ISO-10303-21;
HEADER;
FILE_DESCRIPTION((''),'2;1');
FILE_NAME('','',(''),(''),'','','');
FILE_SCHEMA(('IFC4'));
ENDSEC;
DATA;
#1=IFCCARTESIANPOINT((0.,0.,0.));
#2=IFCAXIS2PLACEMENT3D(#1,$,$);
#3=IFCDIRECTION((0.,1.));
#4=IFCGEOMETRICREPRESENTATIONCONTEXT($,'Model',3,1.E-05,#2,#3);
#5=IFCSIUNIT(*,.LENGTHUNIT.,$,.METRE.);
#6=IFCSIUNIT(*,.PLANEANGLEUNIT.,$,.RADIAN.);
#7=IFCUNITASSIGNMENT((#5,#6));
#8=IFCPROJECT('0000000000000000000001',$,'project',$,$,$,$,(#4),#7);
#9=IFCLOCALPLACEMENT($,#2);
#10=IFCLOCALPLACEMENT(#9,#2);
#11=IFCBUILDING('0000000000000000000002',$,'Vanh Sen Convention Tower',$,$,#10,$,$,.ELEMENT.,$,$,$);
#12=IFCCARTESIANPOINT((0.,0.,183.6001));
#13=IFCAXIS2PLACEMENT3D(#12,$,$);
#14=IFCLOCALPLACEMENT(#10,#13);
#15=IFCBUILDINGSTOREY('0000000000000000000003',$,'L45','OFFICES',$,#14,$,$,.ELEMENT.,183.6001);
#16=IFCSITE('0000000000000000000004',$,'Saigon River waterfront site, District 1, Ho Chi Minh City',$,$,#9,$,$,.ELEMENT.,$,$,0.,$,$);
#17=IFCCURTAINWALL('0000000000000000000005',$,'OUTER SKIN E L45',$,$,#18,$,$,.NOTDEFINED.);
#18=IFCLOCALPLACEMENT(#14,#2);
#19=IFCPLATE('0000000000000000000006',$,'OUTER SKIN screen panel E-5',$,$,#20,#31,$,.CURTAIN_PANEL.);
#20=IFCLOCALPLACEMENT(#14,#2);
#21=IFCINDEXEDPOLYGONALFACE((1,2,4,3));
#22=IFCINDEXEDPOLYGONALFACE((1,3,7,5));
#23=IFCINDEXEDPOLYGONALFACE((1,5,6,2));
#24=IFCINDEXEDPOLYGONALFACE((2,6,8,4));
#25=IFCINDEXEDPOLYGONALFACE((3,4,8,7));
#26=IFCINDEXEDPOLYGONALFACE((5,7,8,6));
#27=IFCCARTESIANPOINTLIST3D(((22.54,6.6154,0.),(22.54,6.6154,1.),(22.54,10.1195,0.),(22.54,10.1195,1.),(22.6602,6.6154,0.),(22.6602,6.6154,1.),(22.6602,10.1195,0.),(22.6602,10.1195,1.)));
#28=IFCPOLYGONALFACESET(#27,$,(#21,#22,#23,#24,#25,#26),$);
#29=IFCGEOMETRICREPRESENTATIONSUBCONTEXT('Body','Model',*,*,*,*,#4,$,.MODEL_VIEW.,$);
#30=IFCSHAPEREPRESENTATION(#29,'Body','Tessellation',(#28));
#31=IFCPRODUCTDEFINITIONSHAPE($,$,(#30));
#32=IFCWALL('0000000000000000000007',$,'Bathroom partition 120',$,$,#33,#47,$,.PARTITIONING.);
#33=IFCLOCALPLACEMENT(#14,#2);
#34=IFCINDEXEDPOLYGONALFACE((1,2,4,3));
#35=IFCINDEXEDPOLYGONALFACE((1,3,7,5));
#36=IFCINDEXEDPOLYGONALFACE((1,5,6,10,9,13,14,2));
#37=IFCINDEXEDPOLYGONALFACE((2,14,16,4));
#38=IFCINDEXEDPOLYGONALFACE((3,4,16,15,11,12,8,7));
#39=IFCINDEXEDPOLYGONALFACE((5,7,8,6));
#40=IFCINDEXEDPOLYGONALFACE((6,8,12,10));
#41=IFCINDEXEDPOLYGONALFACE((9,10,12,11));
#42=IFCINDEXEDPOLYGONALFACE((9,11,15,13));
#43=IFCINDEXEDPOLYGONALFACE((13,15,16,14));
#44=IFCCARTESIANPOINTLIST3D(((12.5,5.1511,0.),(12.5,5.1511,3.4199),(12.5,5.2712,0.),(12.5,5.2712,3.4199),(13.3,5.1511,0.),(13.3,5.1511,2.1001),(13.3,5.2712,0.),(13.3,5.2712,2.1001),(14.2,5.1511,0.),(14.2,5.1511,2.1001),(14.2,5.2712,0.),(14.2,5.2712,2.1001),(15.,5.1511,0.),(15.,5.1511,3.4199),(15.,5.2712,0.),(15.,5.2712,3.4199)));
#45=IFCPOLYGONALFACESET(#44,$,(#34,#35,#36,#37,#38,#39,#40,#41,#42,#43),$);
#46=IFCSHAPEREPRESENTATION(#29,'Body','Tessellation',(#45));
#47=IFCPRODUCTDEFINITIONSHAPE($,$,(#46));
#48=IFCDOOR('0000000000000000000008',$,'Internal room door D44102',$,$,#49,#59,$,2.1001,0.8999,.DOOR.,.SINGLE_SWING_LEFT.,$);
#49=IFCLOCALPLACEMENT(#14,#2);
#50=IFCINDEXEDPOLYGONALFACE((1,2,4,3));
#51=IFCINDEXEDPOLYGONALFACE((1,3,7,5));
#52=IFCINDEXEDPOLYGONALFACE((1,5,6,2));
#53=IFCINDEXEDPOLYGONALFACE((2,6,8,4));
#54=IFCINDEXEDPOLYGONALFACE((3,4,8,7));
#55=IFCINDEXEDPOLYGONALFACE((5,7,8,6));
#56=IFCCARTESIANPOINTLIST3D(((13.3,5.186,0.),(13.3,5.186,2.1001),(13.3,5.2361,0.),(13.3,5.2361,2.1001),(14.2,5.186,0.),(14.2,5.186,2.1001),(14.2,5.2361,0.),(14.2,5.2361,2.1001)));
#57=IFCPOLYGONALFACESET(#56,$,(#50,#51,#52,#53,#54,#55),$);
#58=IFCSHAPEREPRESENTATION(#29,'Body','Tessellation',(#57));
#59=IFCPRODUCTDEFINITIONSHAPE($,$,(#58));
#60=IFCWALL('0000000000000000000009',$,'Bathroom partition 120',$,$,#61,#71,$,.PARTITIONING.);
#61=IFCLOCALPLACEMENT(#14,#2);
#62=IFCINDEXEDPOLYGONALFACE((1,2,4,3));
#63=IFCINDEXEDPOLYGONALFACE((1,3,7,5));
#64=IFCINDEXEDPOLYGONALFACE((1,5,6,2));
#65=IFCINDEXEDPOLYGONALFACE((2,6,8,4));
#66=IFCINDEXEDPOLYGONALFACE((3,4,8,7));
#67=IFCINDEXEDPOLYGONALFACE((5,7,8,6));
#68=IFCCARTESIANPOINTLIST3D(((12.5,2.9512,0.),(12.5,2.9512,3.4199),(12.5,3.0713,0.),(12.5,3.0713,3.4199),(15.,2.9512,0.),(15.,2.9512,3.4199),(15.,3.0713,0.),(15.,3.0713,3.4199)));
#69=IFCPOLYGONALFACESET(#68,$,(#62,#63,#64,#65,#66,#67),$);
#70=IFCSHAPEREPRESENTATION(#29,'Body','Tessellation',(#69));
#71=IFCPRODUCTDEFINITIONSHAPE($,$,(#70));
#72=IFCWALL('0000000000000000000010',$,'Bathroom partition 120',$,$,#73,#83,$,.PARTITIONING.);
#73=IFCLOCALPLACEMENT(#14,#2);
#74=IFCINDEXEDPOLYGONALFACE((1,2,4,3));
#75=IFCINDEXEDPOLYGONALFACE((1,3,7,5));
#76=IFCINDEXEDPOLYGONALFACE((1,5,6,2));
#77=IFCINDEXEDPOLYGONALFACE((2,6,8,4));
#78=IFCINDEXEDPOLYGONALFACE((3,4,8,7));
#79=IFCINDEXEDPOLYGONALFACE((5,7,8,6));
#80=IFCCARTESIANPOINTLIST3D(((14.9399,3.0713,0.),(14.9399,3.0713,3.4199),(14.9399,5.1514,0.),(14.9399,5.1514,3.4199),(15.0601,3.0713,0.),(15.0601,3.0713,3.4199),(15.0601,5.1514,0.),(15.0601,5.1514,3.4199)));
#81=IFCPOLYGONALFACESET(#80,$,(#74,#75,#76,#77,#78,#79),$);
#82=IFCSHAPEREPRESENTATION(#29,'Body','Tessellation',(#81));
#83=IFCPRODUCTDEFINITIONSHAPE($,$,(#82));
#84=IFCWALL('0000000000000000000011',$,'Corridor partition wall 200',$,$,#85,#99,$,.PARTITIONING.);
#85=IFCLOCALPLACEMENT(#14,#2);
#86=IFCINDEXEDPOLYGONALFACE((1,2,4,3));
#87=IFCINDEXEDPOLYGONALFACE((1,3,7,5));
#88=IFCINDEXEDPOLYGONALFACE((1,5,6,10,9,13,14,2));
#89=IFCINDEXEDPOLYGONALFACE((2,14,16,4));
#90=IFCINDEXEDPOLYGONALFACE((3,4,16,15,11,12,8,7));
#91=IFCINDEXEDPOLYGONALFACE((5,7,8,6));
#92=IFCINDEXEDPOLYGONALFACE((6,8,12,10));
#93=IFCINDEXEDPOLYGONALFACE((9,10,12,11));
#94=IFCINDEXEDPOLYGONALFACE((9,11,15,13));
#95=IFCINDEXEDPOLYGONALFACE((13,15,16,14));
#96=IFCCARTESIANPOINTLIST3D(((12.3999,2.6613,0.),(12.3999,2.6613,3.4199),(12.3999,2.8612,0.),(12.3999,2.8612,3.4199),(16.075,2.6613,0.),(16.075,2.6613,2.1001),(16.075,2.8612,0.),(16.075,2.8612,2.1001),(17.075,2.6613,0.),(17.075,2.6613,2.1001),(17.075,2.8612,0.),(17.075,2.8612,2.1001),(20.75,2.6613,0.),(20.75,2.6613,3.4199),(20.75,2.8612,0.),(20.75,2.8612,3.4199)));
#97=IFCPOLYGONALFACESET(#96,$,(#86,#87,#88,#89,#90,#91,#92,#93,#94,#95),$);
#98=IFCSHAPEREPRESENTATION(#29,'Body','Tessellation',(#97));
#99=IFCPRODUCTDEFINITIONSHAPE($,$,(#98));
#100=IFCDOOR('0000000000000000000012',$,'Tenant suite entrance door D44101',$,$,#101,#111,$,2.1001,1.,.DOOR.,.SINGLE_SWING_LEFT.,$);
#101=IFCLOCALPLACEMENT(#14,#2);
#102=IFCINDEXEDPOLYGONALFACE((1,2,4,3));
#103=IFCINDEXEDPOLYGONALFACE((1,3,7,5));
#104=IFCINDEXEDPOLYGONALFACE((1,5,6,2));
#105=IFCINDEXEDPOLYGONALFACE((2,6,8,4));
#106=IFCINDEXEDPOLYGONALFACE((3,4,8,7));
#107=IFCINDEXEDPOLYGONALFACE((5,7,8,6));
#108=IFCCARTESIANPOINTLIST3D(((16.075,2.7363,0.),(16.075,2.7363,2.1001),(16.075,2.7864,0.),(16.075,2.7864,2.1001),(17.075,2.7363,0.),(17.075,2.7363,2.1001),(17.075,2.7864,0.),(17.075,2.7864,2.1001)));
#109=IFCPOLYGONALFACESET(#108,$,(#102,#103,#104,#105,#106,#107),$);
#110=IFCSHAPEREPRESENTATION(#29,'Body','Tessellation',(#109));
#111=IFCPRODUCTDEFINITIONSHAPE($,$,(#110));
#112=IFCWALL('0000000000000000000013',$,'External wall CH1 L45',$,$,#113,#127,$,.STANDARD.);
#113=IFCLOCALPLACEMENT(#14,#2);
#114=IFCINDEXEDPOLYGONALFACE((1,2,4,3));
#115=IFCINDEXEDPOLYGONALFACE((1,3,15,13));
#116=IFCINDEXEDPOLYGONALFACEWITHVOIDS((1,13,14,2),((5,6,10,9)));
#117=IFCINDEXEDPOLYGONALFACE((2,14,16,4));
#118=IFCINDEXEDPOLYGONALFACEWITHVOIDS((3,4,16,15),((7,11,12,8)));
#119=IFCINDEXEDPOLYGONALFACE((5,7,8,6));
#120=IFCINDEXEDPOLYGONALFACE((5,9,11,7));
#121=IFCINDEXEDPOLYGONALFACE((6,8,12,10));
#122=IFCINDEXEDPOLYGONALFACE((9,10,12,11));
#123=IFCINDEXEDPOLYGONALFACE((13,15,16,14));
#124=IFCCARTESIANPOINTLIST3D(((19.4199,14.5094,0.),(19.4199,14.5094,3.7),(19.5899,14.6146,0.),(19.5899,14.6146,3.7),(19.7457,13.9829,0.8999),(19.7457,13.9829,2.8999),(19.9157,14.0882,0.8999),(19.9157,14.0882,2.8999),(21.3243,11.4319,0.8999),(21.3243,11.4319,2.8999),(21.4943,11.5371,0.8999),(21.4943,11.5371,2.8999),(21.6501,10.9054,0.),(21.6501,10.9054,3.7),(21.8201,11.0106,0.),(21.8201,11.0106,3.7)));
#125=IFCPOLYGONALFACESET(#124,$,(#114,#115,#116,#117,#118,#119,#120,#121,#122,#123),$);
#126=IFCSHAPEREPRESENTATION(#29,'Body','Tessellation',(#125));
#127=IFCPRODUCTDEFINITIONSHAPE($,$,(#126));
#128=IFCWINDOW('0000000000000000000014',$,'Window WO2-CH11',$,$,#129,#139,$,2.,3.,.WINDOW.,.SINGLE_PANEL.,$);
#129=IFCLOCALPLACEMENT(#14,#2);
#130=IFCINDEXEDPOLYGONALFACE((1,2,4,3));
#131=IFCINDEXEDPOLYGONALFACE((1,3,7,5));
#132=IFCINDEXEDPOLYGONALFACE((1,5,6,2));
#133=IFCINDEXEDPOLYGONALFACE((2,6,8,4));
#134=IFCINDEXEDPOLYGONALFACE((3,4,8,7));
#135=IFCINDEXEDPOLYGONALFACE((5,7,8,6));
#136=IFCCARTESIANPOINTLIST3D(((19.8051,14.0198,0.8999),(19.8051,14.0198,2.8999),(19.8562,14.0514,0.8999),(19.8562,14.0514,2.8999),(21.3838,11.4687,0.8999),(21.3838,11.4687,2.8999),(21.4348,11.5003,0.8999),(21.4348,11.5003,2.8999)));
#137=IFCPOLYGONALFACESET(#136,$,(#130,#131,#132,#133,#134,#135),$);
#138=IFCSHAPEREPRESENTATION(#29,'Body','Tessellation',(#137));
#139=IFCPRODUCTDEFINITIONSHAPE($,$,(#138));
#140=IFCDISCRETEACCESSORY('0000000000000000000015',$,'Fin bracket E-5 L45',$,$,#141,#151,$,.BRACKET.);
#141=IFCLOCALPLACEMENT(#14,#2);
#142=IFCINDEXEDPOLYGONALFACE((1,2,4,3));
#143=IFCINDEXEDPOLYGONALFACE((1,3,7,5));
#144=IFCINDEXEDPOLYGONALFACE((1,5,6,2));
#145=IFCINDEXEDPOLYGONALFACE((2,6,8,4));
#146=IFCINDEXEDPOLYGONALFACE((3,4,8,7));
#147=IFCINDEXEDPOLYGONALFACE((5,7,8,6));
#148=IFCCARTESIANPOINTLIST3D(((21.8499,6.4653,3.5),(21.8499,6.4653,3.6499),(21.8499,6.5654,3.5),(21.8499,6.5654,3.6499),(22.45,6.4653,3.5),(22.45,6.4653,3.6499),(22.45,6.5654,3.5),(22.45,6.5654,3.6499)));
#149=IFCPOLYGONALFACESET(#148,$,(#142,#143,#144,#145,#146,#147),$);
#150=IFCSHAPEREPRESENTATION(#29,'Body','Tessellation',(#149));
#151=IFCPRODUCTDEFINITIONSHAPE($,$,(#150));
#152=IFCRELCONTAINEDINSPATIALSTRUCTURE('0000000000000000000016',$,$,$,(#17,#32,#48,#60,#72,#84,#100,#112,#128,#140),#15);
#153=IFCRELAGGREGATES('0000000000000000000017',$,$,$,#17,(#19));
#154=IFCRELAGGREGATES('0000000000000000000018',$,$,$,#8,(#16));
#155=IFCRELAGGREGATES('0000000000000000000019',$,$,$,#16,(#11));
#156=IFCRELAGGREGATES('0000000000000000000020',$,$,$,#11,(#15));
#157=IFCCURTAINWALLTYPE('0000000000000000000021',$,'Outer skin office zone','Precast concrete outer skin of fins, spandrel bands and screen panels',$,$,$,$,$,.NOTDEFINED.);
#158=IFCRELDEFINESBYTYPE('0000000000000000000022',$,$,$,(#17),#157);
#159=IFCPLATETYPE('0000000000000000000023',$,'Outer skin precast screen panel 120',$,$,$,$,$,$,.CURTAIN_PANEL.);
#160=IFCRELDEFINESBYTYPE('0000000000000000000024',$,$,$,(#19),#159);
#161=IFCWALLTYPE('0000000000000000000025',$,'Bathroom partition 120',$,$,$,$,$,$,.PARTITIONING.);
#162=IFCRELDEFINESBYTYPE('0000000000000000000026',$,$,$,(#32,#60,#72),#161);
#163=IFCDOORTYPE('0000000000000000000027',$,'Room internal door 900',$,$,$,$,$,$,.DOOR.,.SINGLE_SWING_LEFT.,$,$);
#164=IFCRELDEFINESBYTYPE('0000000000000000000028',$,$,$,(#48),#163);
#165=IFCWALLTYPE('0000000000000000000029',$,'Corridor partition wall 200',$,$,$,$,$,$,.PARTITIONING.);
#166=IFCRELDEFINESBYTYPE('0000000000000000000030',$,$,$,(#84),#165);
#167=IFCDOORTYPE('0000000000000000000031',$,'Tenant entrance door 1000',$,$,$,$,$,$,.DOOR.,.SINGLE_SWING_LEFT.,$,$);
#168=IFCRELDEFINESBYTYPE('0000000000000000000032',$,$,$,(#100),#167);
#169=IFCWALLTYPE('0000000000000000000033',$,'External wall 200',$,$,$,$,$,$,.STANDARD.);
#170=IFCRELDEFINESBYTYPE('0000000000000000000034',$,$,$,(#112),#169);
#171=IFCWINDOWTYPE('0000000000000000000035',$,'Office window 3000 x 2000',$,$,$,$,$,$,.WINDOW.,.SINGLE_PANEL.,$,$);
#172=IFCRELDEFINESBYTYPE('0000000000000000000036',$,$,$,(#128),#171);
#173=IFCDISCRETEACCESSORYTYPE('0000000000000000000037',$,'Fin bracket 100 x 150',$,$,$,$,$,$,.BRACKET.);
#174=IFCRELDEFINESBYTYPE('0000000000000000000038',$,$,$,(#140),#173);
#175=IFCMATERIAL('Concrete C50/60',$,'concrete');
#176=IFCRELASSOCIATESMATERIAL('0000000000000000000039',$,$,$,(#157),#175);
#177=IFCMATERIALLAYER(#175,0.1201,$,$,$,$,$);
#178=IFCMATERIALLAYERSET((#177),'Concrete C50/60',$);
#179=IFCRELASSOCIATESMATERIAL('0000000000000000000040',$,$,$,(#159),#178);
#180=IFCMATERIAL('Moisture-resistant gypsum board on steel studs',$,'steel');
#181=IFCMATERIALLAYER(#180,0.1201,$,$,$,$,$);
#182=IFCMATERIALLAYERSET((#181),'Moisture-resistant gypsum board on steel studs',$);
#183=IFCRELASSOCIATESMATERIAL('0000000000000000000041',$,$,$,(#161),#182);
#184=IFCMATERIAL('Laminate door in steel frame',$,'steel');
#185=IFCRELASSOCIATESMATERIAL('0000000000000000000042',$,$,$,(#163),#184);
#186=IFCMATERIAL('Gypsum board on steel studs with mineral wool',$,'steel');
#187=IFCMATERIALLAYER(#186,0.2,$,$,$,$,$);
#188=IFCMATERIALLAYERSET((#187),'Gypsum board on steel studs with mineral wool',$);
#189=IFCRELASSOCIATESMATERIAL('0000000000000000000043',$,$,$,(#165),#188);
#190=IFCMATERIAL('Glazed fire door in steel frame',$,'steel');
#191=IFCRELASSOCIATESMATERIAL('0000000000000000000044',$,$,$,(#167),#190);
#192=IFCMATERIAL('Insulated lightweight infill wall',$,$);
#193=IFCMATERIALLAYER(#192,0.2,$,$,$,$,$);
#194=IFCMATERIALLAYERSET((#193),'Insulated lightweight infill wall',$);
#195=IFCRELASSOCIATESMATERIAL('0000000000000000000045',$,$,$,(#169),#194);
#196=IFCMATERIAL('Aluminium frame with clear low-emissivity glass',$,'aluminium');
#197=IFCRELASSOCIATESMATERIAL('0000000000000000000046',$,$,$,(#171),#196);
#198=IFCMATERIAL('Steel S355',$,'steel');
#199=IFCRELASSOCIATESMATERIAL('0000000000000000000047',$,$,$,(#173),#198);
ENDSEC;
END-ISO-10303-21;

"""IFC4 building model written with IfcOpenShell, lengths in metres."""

from ifc_helpers import new_model, si_unit, direction, frame, frame_2d, origin, origin_2d, place, context, subcontext, project, spatial, rectangle, extrude, material, layer, layer_set, type_object, element, fill, aggregate, save


model = new_model("IFC4")

# Units and contexts
model_context = context("Model", 3, precision=1e-05, world=origin(), true_north=direction((0.0, 1.0)))
body_context = subcontext(model_context, "Body", "Model", "MODEL_VIEW")
ifc_project = project(units=[si_unit("LENGTHUNIT", "METRE"), si_unit("PLANEANGLEUNIT", "RADIAN")], contexts=[model_context])

# Site, building, storey
site_placement = place(None, origin())
site = spatial("IfcSite", under=ifc_project, at=site_placement, Name="Saigon River waterfront site, District 1, Ho Chi Minh City", CompositionType="ELEMENT", RefElevation=0.0)
building_placement = place(site_placement, origin())
building = spatial("IfcBuilding", under=site, at=building_placement, Name="Vanh Sen Convention Tower", CompositionType="ELEMENT")
storey_placement = place(building_placement, frame((0.0, 0.0, 183.6001)))
storey = spatial("IfcBuildingStorey", under=building, at=storey_placement, Name="L45", Description="OFFICES", CompositionType="ELEMENT", Elevation=183.6001)

# Curtain wall
ifc_material_1 = material(Name="Concrete C50/60", Category="concrete")
curtain_wall_type = type_object("IfcCurtainWallType", Name="Outer skin office zone", Description="Precast concrete outer skin of fins, spandrel bands and screen panels", PredefinedType="NOTDEFINED", material=ifc_material_1)
curtain_wall_1_placement = place(storey_placement, origin())
curtain_wall_1 = element("IfcCurtainWall", 1, at=curtain_wall_1_placement, inside=storey, type_object=curtain_wall_type, Name="OUTER SKIN E L45", PredefinedType="NOTDEFINED")

# Plate
ifc_layer_1 = layer(ifc_material_1, 0.1201)
ifc_layer_set_1 = layer_set([ifc_layer_1], Name="Concrete C50/60")
plate_type = type_object("IfcPlateType", Name="Outer skin precast screen panel 120", PredefinedType="CURTAIN_PANEL", material=ifc_layer_set_1)
plate_1_placement = place(storey_placement, frame((22.6001, 8.3674, 0.0), z_axis=(0.0, 0.0, 1.0), x_axis=(0.0, 1.0, 0.0)))
plate_1 = element("IfcPlate", 2, at=plate_1_placement, type_object=plate_type, Name="OUTER SKIN screen panel E-5", PredefinedType="CURTAIN_PANEL", context=body_context, shape_type="SweptSolid", body=[
    extrude(rectangle(XDim=3.5042, YDim=0.1201, at=origin_2d()), origin(), (0.0, 0.0, 1.0), 1.0),
])
aggregate(curtain_wall_1, [plate_1])

# Wall, opening, door
ifc_material_2 = material(Name="Moisture-resistant gypsum board on steel studs", Category="steel")
ifc_layer_2 = layer(ifc_material_2, 0.1201)
ifc_layer_set_2 = layer_set([ifc_layer_2], Name="Moisture-resistant gypsum board on steel studs")
wall_type_1 = type_object("IfcWallType", Name="Bathroom partition 120", PredefinedType="PARTITIONING", material=ifc_layer_set_2)
wall_1_placement = place(storey_placement, frame((12.5, 5.2112, 0.0), z_axis=(0.0, 0.0, 1.0), x_axis=(1.0, 0.0, 0.0)))
wall_1 = element("IfcWall", 3, at=wall_1_placement, inside=storey, type_object=wall_type_1, Name="Bathroom partition 120", PredefinedType="PARTITIONING", context=body_context, shape_type="SweptSolid", body=[
    extrude(rectangle(XDim=2.5, YDim=0.1201, at=frame_2d((1.25, 0.0))), origin(), (0.0, 0.0, 1.0), 3.4199),
])
opening_1_placement = place(wall_1_placement, frame((0.8, 0.0, 0.0)))
opening_1 = element("IfcOpeningElement", 4, at=opening_1_placement, cuts=wall_1, PredefinedType="OPENING", context=body_context, shape_type="SweptSolid", body=[
    extrude(rectangle(XDim=0.8999, YDim=2.1001, at=frame_2d((0.45, 1.05))), frame((0.0, 0.0701, 0.0), z_axis=(0.0, -1.0, 0.0), x_axis=(1.0, 0.0, 0.0)), (0.0, 0.0, 1.0), 0.1401),
])
ifc_material_3 = material(Name="Laminate door in steel frame", Category="steel")
door_type_1 = type_object("IfcDoorType", Name="Room internal door 900", OperationType="SINGLE_SWING_LEFT", PredefinedType="DOOR", material=ifc_material_3)
door_1_placement = place(opening_1_placement, origin())
door_1 = element("IfcDoor", 5, at=door_1_placement, inside=storey, type_object=door_type_1, Name="Internal room door D44102", OperationType="SINGLE_SWING_LEFT", OverallHeight=2.1001, OverallWidth=0.8999, PredefinedType="DOOR", context=body_context, shape_type="SweptSolid", body=[
    extrude(rectangle(XDim=0.8999, YDim=2.1001, at=frame_2d((0.45, 1.05))), frame((0.0, 0.0249, 0.0), z_axis=(0.0, -1.0, 0.0), x_axis=(1.0, 0.0, 0.0)), (0.0, 0.0, 1.0), 0.05),
])
fill(opening_1, door_1)

# Walls
wall_2_placement = place(storey_placement, frame((15.0, 3.0112, 0.0), z_axis=(0.0, 0.0, 1.0), x_axis=(-1.0, 0.0, 0.0)))
element("IfcWall", 6, at=wall_2_placement, inside=storey, type_object=wall_type_1, Name="Bathroom partition 120", PredefinedType="PARTITIONING", context=body_context, shape_type="SweptSolid", body=[
    extrude(rectangle(XDim=2.5, YDim=0.1201, at=frame_2d((1.25, 0.0))), origin(), (0.0, 0.0, 1.0), 3.4199),
])
wall_3_placement = place(storey_placement, frame((15.0, 5.1514, 0.0), z_axis=(0.0, 0.0, 1.0), x_axis=(0.0, -1.0, 0.0)))
element("IfcWall", 7, at=wall_3_placement, inside=storey, type_object=wall_type_1, Name="Bathroom partition 120", PredefinedType="PARTITIONING", context=body_context, shape_type="SweptSolid", body=[
    extrude(rectangle(XDim=2.0801, YDim=0.1201, at=frame_2d((1.04, 0.0))), origin(), (0.0, 0.0, 1.0), 3.4199),
])

# Wall, opening, door
ifc_material_4 = material(Name="Gypsum board on steel studs with mineral wool", Category="steel")
ifc_layer_3 = layer(ifc_material_4, 0.2)
ifc_layer_set_3 = layer_set([ifc_layer_3], Name="Gypsum board on steel studs with mineral wool")
wall_type_2 = type_object("IfcWallType", Name="Corridor partition wall 200", PredefinedType="PARTITIONING", material=ifc_layer_set_3)
wall_4_placement = place(storey_placement, frame((20.75, 2.7612, 0.0), z_axis=(0.0, 0.0, 1.0), x_axis=(-1.0, 0.0, 0.0)))
wall_4 = element("IfcWall", 8, at=wall_4_placement, inside=storey, type_object=wall_type_2, Name="Corridor partition wall 200", PredefinedType="PARTITIONING", context=body_context, shape_type="SweptSolid", body=[
    extrude(rectangle(XDim=8.3501, YDim=0.2, at=frame_2d((4.175, 0.0))), origin(), (0.0, 0.0, 1.0), 3.4199),
])
opening_2_placement = place(wall_4_placement, frame((3.675, 0.0, 0.0)))
opening_2 = element("IfcOpeningElement", 9, at=opening_2_placement, cuts=wall_4, PredefinedType="OPENING", context=body_context, shape_type="SweptSolid", body=[
    extrude(rectangle(XDim=1.0, YDim=2.1001, at=frame_2d((0.5, 1.05))), frame((0.0, 0.1099, 0.0), z_axis=(0.0, -1.0, 0.0), x_axis=(1.0, 0.0, 0.0)), (0.0, 0.0, 1.0), 0.22),
])
ifc_material_5 = material(Name="Glazed fire door in steel frame", Category="steel")
door_type_2 = type_object("IfcDoorType", Name="Tenant entrance door 1000", OperationType="SINGLE_SWING_LEFT", PredefinedType="DOOR", material=ifc_material_5)
door_2_placement = place(opening_2_placement, origin())
door_2 = element("IfcDoor", 10, at=door_2_placement, inside=storey, type_object=door_type_2, Name="Tenant suite entrance door D44101", OperationType="SINGLE_SWING_LEFT", OverallHeight=2.1001, OverallWidth=1.0, PredefinedType="DOOR", context=body_context, shape_type="SweptSolid", body=[
    extrude(rectangle(XDim=1.0, YDim=2.1001, at=frame_2d((0.5, 1.05))), frame((0.0, 0.0249, 0.0), z_axis=(0.0, -1.0, 0.0), x_axis=(1.0, 0.0, 0.0)), (0.0, 0.0, 1.0), 0.05),
])
fill(opening_2, door_2)

# Wall, opening, window
ifc_material_6 = material(Name="Insulated lightweight infill wall")
ifc_layer_4 = layer(ifc_material_6, 0.2)
ifc_layer_set_4 = layer_set([ifc_layer_4], Name="Insulated lightweight infill wall")
wall_type_3 = type_object("IfcWallType", Name="External wall 200", PredefinedType="STANDARD", material=ifc_layer_set_4)
wall_5_placement = place(storey_placement, frame((21.7351, 10.958, 0.0), z_axis=(0.0, 0.0, 1.0), x_axis=(-0.526214, 0.850352, 0.0)))
wall_5 = element("IfcWall", 11, at=wall_5_placement, inside=storey, type_object=wall_type_3, Name="External wall CH1 L45", PredefinedType="STANDARD", context=body_context, shape_type="SweptSolid", body=[
    extrude(rectangle(XDim=4.2383, YDim=0.2, at=frame_2d((2.1191, 0.0))), origin(), (0.0, 0.0, 1.0), 3.7),
])
opening_3_placement = place(wall_5_placement, frame((0.6191, 0.0, 0.8999)))
opening_3 = element("IfcOpeningElement", 12, at=opening_3_placement, cuts=wall_5, PredefinedType="OPENING", context=body_context, shape_type="SweptSolid", body=[
    extrude(rectangle(XDim=3.0, YDim=2.0, at=frame_2d((1.5, 1.0))), frame((0.0, 0.1099, 0.0), z_axis=(0.0, -1.0, 0.0), x_axis=(1.0, 0.0, 0.0)), (0.0, 0.0, 1.0), 0.22),
])
ifc_material_7 = material(Name="Aluminium frame with clear low-emissivity glass", Category="aluminium")
window_type = type_object("IfcWindowType", Name="Office window 3000 x 2000", PartitioningType="SINGLE_PANEL", PredefinedType="WINDOW", material=ifc_material_7)
window_placement = place(opening_3_placement, origin())
window = element("IfcWindow", 13, at=window_placement, inside=storey, type_object=window_type, Name="Window WO2-CH11", OverallHeight=2.0, OverallWidth=3.0, PartitioningType="SINGLE_PANEL", PredefinedType="WINDOW", context=body_context, shape_type="SweptSolid", body=[
    extrude(rectangle(XDim=3.0, YDim=2.0, at=frame_2d((1.5, 1.0))), frame((0.0, 0.03, 0.0), z_axis=(0.0, -1.0, 0.0), x_axis=(1.0, 0.0, 0.0)), (0.0, 0.0, 1.0), 0.0601),
])
fill(opening_3, window)

# Discrete accessory
ifc_material_8 = material(Name="Steel S355", Category="steel")
discrete_accessory_type = type_object("IfcDiscreteAccessoryType", Name="Fin bracket 100 x 150", PredefinedType="BRACKET", material=ifc_material_8)
discrete_accessory_placement = place(storey_placement, frame((22.1499, 6.5154, 3.5), z_axis=(0.0, 0.0, 1.0), x_axis=(1.0, 0.0, 0.0)))
element("IfcDiscreteAccessory", 14, at=discrete_accessory_placement, inside=storey, type_object=discrete_accessory_type, Name="Fin bracket E-5 L45", PredefinedType="BRACKET", context=body_context, shape_type="SweptSolid", body=[
    extrude(rectangle(XDim=0.6001, YDim=0.1001, at=origin_2d()), origin(), (0.0, 0.0, 1.0), 0.1499),
])

save(model, "model.ifc")
